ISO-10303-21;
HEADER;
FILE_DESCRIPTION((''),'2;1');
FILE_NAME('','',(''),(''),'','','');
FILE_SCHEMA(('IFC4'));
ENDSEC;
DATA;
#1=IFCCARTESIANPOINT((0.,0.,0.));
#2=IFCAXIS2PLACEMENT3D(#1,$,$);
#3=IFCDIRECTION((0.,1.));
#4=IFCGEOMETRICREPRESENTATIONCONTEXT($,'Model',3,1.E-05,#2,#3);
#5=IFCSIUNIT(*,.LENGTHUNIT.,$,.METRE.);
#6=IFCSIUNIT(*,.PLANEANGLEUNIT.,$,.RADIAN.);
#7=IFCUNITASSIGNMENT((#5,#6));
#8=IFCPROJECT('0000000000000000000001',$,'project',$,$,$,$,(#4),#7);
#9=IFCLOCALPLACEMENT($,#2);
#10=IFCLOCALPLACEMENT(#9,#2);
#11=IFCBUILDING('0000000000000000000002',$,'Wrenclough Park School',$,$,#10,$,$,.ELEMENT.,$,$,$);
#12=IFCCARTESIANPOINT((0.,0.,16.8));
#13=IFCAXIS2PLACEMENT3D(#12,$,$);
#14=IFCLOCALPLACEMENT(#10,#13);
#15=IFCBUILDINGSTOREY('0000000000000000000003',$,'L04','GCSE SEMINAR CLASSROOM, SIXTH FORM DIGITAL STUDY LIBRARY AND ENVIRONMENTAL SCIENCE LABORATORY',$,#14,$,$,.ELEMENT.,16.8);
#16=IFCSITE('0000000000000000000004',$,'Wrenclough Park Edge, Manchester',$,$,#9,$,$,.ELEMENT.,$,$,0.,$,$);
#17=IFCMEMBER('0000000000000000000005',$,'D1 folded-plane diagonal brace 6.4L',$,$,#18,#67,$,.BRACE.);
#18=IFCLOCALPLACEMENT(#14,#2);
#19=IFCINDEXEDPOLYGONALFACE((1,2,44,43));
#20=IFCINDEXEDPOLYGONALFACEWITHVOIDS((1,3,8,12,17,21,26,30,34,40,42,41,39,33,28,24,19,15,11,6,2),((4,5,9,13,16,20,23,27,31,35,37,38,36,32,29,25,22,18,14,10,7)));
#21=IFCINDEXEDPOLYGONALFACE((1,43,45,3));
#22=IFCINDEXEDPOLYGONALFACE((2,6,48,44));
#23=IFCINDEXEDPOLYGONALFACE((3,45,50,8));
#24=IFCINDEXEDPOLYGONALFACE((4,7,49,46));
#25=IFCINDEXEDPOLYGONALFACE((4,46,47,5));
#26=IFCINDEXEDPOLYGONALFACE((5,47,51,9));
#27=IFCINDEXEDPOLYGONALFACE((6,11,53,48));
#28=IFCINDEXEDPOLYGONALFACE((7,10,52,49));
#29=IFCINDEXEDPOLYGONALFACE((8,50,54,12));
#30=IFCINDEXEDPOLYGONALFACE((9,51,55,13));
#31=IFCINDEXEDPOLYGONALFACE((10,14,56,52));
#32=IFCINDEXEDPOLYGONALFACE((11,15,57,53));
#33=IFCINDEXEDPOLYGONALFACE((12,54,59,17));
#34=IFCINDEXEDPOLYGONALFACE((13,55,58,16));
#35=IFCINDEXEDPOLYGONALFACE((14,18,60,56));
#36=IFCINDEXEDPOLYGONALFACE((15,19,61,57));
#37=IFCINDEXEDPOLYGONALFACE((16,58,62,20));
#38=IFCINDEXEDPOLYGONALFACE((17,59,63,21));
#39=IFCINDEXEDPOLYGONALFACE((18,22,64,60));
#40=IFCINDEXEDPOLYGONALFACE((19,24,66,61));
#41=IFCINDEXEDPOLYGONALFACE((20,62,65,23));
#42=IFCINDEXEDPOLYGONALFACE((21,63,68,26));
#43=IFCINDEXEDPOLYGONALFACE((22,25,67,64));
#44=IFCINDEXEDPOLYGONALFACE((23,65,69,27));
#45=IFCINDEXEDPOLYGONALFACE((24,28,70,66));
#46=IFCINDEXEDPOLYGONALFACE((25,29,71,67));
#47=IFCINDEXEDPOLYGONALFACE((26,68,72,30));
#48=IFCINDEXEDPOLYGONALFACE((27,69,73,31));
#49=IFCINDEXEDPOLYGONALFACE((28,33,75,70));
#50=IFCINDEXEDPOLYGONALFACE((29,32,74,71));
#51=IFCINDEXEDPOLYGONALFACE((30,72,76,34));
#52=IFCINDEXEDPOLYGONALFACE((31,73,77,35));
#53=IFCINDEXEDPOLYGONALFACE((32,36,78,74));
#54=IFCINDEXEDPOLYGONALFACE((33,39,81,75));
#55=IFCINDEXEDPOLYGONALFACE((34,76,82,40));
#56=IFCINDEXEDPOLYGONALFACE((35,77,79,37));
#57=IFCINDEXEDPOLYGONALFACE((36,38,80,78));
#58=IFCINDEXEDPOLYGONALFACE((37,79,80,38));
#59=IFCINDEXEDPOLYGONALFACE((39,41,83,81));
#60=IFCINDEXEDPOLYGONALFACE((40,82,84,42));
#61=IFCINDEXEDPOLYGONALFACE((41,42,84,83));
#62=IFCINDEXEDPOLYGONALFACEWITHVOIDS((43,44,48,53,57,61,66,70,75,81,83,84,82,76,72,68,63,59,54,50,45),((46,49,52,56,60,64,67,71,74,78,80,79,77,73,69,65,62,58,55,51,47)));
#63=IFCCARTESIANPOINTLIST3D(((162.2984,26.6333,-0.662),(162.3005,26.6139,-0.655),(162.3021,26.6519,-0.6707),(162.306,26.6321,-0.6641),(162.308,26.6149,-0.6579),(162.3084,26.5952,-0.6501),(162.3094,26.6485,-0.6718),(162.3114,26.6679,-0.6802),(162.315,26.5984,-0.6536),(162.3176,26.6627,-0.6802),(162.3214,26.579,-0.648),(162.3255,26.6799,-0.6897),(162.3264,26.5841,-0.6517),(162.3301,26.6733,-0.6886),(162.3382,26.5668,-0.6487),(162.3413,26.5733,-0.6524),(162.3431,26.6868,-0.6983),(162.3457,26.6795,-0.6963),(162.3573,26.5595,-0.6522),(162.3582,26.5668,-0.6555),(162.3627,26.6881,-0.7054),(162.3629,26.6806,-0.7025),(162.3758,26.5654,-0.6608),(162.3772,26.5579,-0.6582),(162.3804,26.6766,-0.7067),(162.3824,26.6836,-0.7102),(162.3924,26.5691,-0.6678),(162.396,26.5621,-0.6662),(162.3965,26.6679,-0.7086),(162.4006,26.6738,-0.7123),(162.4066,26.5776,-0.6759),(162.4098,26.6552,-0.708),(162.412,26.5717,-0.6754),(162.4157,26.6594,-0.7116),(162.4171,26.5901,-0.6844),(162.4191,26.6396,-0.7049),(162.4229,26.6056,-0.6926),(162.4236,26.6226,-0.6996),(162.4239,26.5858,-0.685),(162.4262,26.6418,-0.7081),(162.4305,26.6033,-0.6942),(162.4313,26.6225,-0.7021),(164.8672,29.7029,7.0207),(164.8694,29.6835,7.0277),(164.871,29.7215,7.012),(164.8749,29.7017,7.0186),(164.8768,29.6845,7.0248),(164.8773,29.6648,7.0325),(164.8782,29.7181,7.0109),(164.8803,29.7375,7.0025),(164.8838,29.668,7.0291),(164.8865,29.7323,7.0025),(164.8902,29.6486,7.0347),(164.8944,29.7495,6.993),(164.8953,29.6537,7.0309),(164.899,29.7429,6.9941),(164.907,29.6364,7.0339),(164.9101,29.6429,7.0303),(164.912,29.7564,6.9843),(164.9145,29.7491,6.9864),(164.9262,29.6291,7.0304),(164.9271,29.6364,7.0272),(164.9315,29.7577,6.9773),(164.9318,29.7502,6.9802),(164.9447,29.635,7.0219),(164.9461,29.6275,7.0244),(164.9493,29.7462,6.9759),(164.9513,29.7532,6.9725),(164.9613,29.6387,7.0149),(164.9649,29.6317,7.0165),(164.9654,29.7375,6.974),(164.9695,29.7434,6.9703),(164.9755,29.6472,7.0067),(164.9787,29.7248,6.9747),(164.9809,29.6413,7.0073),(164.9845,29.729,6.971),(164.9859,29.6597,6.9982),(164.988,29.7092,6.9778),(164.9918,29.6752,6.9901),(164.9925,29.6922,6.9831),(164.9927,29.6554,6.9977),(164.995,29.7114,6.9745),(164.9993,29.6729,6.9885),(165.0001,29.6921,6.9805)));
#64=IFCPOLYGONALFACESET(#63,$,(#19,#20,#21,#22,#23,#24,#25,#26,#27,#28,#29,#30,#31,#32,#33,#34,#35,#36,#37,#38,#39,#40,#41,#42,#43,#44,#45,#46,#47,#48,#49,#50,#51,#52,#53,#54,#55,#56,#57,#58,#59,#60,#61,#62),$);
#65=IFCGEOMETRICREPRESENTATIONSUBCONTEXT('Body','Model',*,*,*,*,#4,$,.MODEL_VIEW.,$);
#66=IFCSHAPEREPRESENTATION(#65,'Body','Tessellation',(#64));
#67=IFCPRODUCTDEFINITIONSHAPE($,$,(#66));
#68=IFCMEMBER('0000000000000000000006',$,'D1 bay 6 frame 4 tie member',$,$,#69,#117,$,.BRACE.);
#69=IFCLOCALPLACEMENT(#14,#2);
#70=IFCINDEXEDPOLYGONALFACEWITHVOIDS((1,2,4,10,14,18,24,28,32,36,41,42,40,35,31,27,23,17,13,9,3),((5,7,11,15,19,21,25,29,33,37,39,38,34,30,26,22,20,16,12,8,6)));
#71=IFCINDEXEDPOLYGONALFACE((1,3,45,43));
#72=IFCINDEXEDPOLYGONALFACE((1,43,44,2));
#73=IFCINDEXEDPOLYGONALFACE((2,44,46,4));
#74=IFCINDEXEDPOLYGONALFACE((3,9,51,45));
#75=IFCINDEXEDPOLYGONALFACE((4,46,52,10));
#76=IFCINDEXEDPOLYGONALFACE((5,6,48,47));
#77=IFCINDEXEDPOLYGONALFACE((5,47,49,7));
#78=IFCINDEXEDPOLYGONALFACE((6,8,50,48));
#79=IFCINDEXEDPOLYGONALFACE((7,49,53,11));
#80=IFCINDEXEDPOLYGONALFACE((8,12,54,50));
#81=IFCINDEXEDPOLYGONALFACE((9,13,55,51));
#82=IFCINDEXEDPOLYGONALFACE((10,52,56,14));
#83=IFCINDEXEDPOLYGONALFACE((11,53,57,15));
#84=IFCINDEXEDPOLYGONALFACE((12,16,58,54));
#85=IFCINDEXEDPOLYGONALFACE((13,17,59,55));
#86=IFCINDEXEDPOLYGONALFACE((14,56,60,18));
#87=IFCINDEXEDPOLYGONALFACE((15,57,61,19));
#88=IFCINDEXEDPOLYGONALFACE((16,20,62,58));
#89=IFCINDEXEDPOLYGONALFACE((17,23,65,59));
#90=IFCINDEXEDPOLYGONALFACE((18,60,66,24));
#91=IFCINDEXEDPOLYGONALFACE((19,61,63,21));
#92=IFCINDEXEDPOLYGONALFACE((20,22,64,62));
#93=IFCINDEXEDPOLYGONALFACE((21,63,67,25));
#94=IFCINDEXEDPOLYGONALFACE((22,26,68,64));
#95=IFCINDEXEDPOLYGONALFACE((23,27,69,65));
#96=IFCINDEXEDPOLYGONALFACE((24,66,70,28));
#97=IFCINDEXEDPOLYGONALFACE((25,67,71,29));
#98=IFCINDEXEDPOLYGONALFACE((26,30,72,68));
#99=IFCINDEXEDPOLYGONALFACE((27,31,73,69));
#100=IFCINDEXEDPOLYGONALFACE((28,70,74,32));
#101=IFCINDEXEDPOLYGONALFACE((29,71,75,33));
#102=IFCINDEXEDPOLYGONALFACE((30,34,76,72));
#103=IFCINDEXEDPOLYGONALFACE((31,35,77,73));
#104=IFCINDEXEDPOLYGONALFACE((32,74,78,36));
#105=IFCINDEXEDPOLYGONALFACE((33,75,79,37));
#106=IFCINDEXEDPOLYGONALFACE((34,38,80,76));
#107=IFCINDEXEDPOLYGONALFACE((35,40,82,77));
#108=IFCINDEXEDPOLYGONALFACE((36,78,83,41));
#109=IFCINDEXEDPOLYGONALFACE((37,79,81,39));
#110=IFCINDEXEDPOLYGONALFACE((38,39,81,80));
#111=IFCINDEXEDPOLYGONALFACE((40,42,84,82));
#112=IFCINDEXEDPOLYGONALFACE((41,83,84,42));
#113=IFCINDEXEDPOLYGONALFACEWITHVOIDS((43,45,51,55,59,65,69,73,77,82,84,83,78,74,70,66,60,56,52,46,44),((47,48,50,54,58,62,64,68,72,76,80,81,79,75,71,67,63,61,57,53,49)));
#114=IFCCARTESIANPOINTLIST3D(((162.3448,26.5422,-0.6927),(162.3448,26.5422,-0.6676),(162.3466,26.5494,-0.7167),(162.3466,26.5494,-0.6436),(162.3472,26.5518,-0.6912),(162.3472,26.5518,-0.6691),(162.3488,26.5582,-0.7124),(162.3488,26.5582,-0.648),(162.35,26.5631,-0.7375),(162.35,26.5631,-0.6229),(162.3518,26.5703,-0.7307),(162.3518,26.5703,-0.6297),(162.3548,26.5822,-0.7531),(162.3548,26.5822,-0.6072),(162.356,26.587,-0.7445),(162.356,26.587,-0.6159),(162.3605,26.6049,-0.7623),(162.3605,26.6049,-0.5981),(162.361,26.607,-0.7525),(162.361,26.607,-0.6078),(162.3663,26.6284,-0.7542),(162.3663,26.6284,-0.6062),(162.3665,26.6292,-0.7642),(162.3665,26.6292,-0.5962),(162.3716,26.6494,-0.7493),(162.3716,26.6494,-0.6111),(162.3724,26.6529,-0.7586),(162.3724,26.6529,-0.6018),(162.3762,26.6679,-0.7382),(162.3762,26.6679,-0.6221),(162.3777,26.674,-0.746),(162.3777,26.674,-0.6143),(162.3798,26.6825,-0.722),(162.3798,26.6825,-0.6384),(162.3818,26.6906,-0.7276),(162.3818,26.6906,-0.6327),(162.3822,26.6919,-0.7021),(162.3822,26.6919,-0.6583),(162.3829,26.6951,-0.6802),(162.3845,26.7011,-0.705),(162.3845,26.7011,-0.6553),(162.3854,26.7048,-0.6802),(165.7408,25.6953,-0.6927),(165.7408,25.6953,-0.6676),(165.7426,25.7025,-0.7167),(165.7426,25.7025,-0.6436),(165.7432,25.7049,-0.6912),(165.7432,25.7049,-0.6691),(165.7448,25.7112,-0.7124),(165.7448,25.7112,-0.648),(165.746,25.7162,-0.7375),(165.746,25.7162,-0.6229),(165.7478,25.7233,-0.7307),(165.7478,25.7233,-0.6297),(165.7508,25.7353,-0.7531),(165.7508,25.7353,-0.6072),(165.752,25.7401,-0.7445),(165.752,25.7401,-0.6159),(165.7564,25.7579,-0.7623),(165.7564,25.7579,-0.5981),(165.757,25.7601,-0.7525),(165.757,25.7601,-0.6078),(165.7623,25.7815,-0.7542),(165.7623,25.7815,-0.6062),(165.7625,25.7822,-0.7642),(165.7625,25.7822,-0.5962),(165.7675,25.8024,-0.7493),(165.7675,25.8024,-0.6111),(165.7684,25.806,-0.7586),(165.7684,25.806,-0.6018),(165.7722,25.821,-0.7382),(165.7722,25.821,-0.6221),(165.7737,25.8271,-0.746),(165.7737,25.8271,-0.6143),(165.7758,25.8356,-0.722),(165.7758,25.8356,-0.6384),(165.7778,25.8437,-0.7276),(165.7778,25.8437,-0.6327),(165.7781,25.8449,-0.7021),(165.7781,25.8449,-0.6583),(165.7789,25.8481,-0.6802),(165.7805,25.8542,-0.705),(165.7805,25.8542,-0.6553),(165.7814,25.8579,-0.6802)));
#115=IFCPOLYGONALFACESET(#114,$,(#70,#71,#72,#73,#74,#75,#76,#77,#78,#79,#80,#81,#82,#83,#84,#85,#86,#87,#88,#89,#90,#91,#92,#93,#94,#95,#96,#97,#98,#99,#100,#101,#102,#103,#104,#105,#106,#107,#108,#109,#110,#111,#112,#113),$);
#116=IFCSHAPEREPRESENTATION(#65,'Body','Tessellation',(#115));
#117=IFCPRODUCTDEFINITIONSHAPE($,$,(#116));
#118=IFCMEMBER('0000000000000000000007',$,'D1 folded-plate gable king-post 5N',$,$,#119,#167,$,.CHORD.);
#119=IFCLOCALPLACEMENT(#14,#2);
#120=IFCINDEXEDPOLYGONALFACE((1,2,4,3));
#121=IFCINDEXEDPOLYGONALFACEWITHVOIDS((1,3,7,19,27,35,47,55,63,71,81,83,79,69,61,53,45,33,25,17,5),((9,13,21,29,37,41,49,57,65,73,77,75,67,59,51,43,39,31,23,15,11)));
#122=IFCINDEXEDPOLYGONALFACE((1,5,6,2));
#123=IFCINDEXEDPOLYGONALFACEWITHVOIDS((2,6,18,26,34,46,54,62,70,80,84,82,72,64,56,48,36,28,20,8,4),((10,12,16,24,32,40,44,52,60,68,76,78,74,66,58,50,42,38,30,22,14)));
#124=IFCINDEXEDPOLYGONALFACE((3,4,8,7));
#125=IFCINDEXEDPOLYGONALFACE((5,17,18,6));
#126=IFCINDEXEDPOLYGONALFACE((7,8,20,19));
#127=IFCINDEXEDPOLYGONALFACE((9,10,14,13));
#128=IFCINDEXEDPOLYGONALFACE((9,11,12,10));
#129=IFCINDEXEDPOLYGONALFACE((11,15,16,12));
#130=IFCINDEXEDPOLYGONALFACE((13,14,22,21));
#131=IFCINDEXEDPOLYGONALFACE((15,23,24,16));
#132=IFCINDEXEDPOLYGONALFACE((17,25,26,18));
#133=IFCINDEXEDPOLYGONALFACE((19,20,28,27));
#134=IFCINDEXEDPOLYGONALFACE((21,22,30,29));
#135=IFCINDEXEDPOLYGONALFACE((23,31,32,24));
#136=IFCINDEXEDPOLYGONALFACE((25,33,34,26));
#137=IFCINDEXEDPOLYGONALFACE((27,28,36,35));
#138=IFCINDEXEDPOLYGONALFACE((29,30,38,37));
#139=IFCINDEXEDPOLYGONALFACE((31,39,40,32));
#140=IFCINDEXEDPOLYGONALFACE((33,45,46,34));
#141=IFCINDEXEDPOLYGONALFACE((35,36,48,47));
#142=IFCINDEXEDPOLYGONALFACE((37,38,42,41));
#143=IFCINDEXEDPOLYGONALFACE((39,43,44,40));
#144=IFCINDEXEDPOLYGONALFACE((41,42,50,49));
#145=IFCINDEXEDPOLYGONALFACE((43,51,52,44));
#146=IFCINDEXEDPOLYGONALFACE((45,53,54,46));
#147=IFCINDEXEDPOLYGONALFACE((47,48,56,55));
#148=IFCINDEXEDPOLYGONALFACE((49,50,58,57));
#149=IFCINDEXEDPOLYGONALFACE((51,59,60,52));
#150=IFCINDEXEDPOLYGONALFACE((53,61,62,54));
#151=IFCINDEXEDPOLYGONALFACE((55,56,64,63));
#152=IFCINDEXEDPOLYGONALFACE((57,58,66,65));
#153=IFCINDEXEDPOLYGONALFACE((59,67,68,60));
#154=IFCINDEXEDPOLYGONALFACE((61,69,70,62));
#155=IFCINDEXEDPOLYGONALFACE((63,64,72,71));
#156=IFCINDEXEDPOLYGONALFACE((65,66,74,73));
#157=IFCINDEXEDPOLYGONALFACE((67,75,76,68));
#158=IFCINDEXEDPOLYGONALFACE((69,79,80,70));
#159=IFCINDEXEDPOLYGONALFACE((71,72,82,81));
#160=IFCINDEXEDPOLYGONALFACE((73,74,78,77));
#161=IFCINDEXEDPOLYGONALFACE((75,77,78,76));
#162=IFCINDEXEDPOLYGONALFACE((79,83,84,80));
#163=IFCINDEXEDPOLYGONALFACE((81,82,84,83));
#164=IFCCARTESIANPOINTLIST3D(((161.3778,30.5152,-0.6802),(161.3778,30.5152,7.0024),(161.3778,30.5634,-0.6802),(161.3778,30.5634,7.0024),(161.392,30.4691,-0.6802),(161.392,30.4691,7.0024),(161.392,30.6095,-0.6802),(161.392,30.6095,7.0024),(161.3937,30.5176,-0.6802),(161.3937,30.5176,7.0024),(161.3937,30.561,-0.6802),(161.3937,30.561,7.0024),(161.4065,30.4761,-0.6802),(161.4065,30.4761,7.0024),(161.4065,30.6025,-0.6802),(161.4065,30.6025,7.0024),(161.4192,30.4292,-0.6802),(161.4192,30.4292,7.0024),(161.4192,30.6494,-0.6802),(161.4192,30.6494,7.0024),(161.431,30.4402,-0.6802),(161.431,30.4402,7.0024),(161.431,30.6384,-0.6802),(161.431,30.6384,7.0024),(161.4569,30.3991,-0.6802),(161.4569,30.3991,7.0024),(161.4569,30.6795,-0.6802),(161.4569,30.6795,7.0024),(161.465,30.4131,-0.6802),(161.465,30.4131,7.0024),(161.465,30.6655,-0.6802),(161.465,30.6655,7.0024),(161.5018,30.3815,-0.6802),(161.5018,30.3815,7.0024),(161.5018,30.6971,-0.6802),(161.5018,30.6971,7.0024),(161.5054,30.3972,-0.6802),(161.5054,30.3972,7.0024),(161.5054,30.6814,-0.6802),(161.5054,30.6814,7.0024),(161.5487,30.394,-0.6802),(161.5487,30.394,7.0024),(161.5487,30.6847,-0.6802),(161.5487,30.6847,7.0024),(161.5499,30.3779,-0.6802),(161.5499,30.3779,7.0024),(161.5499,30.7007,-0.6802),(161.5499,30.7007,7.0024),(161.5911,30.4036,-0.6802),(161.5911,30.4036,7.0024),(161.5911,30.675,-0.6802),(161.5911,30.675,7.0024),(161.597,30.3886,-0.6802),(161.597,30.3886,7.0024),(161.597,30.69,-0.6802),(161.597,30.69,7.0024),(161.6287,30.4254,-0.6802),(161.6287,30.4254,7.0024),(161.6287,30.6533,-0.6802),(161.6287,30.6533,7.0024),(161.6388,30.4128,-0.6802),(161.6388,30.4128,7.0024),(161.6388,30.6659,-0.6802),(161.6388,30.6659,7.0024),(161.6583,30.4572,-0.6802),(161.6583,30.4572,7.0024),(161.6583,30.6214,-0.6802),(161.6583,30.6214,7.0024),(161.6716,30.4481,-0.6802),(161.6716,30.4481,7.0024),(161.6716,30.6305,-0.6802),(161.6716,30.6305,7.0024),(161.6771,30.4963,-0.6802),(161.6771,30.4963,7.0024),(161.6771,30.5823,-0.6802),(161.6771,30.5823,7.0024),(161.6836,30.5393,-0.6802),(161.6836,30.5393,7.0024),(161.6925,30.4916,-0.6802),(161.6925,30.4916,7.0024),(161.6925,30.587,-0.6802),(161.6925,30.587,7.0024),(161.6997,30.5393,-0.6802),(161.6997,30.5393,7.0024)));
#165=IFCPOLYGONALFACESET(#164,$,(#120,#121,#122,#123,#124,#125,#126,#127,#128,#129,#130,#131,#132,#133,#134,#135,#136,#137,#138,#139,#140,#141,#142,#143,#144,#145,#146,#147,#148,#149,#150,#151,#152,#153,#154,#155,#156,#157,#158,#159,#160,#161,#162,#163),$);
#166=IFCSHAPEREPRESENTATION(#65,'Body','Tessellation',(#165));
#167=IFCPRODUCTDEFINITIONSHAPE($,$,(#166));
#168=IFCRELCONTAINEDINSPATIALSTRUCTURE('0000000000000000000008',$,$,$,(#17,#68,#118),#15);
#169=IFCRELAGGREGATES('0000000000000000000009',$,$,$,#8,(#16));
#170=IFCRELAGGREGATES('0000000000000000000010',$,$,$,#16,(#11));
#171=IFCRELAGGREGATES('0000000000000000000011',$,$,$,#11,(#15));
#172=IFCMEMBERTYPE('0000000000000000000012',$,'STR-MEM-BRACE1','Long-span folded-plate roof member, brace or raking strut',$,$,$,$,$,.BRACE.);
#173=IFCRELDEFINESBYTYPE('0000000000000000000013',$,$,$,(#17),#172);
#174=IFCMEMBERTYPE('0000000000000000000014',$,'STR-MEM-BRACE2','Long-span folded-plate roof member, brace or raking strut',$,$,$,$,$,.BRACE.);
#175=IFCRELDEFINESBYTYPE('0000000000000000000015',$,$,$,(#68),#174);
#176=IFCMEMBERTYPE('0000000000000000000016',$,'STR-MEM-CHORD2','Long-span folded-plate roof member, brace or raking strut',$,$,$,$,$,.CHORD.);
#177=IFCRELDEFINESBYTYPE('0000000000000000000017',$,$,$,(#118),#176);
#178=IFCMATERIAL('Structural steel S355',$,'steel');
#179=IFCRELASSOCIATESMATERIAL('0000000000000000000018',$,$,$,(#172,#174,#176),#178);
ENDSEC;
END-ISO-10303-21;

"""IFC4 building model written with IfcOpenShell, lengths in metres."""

from ifc_helpers import new_model, si_unit, direction, frame, origin, origin_2d, place, context, subcontext, project, spatial, hollow_circle, extrude, material, material_profile, profile_set, type_object, element, save


model = new_model("IFC4")

# Units and contexts
model_context = context("Model", 3, precision=1e-05, world=origin(), true_north=direction((0.0, 1.0)))
body_context = subcontext(model_context, "Body", "Model", "MODEL_VIEW")
ifc_project = project(units=[si_unit("LENGTHUNIT", "METRE"), si_unit("PLANEANGLEUNIT", "RADIAN")], contexts=[model_context])

# Site, building, storey
site_placement = place(None, origin())
site = spatial("IfcSite", under=ifc_project, at=site_placement, Name="Wrenclough Park Edge, Manchester", CompositionType="ELEMENT", RefElevation=0.0)
building_placement = place(site_placement, origin())
building = spatial("IfcBuilding", under=site, at=building_placement, Name="Wrenclough Park School", CompositionType="ELEMENT")
storey_placement = place(building_placement, frame((0.0, 0.0, 16.8)))
storey = spatial("IfcBuildingStorey", under=building, at=storey_placement, Name="L04", Description="GCSE SEMINAR CLASSROOM, SIXTH FORM DIGITAL STUDY LIBRARY AND ENVIRONMENTAL SCIENCE LABORATORY", CompositionType="ELEMENT", Elevation=16.8)

# Members
ifc_material_1 = material(Name="Structural steel S355", Category="steel")
ifc_material_profile_1 = material_profile(ifc_material_1, hollow_circle(Radius=0.0698, WallThickness=0.0081, at=origin_2d()), Name="CHS 139.7x8.0")
ifc_profile_set_1 = profile_set([ifc_material_profile_1], Name="Structural steel S355")
member_type_1 = type_object("IfcMemberType", Name="STR-MEM-BRACE1", Description="Long-span folded-plate roof member, brace or raking strut", PredefinedType="BRACE", material=ifc_profile_set_1)
for number, where, z_axis, x_axis, name in (
    (1, (162.365, 26.623, -0.6802), (0.296538, 0.354341, 0.886853), (-0.766885, 0.641785, 0.0), "D1 folded-plane diagonal brace 6.4L"),
):
    element("IfcMember", number, at=place(storey_placement, frame(where, z_axis=z_axis, x_axis=x_axis)), inside=storey, type_object=member_type_1, Name=name, PredefinedType="BRACE", context=body_context, shape_type="SweptSolid", body=[
        extrude(hollow_circle(Radius=0.0698, WallThickness=0.0081, at=origin_2d()), origin(), (0.0, 0.0, 1.0), 8.6628),
    ])
ifc_material_profile_2 = material_profile(ifc_material_1, hollow_circle(Radius=0.0842, WallThickness=0.01, at=origin_2d()), Name="CHS 168.3x10.0")
ifc_profile_set_2 = profile_set([ifc_material_profile_2], Name="Structural steel S355")
member_type_2 = type_object("IfcMemberType", Name="STR-MEM-BRACE2", Description="Long-span folded-plate roof member, brace or raking strut", PredefinedType="BRACE", material=ifc_profile_set_2)
member_1_placement = place(storey_placement, frame((162.365, 26.623, -0.6802), z_axis=(0.970282, -0.241978, 0.0), x_axis=(0.241978, 0.970282, 0.0)))
element("IfcMember", 2, at=member_1_placement, inside=storey, type_object=member_type_2, Name="D1 bay 6 frame 4 tie member", PredefinedType="BRACE", context=body_context, shape_type="SweptSolid", body=[
    extrude(hollow_circle(Radius=0.0842, WallThickness=0.01, at=origin_2d()), origin(), (0.0, 0.0, 1.0), 3.5),
])
ifc_material_profile_3 = material_profile(ifc_material_1, hollow_circle(Radius=0.1619, WallThickness=0.0161, at=origin_2d()), Name="CHS 323.9x16.0")
ifc_profile_set_3 = profile_set([ifc_material_profile_3], Name="Structural steel S355")
member_type_3 = type_object("IfcMemberType", Name="STR-MEM-CHORD2", Description="Long-span folded-plate roof member, brace or raking strut", PredefinedType="CHORD", material=ifc_profile_set_3)
member_2_placement = place(storey_placement, frame((161.5378, 30.5393, -0.6802), z_axis=(0.0, 0.0, 1.0), x_axis=(1.0, 0.0, 0.0)))
element("IfcMember", 3, at=member_2_placement, inside=storey, type_object=member_type_3, Name="D1 folded-plate gable king-post 5N", PredefinedType="CHORD", context=body_context, shape_type="SweptSolid", body=[
    extrude(hollow_circle(Radius=0.1619, WallThickness=0.0161, at=origin_2d()), origin(), (0.0, 0.0, 1.0), 7.6826),
])

save(model, "model.ifc")
